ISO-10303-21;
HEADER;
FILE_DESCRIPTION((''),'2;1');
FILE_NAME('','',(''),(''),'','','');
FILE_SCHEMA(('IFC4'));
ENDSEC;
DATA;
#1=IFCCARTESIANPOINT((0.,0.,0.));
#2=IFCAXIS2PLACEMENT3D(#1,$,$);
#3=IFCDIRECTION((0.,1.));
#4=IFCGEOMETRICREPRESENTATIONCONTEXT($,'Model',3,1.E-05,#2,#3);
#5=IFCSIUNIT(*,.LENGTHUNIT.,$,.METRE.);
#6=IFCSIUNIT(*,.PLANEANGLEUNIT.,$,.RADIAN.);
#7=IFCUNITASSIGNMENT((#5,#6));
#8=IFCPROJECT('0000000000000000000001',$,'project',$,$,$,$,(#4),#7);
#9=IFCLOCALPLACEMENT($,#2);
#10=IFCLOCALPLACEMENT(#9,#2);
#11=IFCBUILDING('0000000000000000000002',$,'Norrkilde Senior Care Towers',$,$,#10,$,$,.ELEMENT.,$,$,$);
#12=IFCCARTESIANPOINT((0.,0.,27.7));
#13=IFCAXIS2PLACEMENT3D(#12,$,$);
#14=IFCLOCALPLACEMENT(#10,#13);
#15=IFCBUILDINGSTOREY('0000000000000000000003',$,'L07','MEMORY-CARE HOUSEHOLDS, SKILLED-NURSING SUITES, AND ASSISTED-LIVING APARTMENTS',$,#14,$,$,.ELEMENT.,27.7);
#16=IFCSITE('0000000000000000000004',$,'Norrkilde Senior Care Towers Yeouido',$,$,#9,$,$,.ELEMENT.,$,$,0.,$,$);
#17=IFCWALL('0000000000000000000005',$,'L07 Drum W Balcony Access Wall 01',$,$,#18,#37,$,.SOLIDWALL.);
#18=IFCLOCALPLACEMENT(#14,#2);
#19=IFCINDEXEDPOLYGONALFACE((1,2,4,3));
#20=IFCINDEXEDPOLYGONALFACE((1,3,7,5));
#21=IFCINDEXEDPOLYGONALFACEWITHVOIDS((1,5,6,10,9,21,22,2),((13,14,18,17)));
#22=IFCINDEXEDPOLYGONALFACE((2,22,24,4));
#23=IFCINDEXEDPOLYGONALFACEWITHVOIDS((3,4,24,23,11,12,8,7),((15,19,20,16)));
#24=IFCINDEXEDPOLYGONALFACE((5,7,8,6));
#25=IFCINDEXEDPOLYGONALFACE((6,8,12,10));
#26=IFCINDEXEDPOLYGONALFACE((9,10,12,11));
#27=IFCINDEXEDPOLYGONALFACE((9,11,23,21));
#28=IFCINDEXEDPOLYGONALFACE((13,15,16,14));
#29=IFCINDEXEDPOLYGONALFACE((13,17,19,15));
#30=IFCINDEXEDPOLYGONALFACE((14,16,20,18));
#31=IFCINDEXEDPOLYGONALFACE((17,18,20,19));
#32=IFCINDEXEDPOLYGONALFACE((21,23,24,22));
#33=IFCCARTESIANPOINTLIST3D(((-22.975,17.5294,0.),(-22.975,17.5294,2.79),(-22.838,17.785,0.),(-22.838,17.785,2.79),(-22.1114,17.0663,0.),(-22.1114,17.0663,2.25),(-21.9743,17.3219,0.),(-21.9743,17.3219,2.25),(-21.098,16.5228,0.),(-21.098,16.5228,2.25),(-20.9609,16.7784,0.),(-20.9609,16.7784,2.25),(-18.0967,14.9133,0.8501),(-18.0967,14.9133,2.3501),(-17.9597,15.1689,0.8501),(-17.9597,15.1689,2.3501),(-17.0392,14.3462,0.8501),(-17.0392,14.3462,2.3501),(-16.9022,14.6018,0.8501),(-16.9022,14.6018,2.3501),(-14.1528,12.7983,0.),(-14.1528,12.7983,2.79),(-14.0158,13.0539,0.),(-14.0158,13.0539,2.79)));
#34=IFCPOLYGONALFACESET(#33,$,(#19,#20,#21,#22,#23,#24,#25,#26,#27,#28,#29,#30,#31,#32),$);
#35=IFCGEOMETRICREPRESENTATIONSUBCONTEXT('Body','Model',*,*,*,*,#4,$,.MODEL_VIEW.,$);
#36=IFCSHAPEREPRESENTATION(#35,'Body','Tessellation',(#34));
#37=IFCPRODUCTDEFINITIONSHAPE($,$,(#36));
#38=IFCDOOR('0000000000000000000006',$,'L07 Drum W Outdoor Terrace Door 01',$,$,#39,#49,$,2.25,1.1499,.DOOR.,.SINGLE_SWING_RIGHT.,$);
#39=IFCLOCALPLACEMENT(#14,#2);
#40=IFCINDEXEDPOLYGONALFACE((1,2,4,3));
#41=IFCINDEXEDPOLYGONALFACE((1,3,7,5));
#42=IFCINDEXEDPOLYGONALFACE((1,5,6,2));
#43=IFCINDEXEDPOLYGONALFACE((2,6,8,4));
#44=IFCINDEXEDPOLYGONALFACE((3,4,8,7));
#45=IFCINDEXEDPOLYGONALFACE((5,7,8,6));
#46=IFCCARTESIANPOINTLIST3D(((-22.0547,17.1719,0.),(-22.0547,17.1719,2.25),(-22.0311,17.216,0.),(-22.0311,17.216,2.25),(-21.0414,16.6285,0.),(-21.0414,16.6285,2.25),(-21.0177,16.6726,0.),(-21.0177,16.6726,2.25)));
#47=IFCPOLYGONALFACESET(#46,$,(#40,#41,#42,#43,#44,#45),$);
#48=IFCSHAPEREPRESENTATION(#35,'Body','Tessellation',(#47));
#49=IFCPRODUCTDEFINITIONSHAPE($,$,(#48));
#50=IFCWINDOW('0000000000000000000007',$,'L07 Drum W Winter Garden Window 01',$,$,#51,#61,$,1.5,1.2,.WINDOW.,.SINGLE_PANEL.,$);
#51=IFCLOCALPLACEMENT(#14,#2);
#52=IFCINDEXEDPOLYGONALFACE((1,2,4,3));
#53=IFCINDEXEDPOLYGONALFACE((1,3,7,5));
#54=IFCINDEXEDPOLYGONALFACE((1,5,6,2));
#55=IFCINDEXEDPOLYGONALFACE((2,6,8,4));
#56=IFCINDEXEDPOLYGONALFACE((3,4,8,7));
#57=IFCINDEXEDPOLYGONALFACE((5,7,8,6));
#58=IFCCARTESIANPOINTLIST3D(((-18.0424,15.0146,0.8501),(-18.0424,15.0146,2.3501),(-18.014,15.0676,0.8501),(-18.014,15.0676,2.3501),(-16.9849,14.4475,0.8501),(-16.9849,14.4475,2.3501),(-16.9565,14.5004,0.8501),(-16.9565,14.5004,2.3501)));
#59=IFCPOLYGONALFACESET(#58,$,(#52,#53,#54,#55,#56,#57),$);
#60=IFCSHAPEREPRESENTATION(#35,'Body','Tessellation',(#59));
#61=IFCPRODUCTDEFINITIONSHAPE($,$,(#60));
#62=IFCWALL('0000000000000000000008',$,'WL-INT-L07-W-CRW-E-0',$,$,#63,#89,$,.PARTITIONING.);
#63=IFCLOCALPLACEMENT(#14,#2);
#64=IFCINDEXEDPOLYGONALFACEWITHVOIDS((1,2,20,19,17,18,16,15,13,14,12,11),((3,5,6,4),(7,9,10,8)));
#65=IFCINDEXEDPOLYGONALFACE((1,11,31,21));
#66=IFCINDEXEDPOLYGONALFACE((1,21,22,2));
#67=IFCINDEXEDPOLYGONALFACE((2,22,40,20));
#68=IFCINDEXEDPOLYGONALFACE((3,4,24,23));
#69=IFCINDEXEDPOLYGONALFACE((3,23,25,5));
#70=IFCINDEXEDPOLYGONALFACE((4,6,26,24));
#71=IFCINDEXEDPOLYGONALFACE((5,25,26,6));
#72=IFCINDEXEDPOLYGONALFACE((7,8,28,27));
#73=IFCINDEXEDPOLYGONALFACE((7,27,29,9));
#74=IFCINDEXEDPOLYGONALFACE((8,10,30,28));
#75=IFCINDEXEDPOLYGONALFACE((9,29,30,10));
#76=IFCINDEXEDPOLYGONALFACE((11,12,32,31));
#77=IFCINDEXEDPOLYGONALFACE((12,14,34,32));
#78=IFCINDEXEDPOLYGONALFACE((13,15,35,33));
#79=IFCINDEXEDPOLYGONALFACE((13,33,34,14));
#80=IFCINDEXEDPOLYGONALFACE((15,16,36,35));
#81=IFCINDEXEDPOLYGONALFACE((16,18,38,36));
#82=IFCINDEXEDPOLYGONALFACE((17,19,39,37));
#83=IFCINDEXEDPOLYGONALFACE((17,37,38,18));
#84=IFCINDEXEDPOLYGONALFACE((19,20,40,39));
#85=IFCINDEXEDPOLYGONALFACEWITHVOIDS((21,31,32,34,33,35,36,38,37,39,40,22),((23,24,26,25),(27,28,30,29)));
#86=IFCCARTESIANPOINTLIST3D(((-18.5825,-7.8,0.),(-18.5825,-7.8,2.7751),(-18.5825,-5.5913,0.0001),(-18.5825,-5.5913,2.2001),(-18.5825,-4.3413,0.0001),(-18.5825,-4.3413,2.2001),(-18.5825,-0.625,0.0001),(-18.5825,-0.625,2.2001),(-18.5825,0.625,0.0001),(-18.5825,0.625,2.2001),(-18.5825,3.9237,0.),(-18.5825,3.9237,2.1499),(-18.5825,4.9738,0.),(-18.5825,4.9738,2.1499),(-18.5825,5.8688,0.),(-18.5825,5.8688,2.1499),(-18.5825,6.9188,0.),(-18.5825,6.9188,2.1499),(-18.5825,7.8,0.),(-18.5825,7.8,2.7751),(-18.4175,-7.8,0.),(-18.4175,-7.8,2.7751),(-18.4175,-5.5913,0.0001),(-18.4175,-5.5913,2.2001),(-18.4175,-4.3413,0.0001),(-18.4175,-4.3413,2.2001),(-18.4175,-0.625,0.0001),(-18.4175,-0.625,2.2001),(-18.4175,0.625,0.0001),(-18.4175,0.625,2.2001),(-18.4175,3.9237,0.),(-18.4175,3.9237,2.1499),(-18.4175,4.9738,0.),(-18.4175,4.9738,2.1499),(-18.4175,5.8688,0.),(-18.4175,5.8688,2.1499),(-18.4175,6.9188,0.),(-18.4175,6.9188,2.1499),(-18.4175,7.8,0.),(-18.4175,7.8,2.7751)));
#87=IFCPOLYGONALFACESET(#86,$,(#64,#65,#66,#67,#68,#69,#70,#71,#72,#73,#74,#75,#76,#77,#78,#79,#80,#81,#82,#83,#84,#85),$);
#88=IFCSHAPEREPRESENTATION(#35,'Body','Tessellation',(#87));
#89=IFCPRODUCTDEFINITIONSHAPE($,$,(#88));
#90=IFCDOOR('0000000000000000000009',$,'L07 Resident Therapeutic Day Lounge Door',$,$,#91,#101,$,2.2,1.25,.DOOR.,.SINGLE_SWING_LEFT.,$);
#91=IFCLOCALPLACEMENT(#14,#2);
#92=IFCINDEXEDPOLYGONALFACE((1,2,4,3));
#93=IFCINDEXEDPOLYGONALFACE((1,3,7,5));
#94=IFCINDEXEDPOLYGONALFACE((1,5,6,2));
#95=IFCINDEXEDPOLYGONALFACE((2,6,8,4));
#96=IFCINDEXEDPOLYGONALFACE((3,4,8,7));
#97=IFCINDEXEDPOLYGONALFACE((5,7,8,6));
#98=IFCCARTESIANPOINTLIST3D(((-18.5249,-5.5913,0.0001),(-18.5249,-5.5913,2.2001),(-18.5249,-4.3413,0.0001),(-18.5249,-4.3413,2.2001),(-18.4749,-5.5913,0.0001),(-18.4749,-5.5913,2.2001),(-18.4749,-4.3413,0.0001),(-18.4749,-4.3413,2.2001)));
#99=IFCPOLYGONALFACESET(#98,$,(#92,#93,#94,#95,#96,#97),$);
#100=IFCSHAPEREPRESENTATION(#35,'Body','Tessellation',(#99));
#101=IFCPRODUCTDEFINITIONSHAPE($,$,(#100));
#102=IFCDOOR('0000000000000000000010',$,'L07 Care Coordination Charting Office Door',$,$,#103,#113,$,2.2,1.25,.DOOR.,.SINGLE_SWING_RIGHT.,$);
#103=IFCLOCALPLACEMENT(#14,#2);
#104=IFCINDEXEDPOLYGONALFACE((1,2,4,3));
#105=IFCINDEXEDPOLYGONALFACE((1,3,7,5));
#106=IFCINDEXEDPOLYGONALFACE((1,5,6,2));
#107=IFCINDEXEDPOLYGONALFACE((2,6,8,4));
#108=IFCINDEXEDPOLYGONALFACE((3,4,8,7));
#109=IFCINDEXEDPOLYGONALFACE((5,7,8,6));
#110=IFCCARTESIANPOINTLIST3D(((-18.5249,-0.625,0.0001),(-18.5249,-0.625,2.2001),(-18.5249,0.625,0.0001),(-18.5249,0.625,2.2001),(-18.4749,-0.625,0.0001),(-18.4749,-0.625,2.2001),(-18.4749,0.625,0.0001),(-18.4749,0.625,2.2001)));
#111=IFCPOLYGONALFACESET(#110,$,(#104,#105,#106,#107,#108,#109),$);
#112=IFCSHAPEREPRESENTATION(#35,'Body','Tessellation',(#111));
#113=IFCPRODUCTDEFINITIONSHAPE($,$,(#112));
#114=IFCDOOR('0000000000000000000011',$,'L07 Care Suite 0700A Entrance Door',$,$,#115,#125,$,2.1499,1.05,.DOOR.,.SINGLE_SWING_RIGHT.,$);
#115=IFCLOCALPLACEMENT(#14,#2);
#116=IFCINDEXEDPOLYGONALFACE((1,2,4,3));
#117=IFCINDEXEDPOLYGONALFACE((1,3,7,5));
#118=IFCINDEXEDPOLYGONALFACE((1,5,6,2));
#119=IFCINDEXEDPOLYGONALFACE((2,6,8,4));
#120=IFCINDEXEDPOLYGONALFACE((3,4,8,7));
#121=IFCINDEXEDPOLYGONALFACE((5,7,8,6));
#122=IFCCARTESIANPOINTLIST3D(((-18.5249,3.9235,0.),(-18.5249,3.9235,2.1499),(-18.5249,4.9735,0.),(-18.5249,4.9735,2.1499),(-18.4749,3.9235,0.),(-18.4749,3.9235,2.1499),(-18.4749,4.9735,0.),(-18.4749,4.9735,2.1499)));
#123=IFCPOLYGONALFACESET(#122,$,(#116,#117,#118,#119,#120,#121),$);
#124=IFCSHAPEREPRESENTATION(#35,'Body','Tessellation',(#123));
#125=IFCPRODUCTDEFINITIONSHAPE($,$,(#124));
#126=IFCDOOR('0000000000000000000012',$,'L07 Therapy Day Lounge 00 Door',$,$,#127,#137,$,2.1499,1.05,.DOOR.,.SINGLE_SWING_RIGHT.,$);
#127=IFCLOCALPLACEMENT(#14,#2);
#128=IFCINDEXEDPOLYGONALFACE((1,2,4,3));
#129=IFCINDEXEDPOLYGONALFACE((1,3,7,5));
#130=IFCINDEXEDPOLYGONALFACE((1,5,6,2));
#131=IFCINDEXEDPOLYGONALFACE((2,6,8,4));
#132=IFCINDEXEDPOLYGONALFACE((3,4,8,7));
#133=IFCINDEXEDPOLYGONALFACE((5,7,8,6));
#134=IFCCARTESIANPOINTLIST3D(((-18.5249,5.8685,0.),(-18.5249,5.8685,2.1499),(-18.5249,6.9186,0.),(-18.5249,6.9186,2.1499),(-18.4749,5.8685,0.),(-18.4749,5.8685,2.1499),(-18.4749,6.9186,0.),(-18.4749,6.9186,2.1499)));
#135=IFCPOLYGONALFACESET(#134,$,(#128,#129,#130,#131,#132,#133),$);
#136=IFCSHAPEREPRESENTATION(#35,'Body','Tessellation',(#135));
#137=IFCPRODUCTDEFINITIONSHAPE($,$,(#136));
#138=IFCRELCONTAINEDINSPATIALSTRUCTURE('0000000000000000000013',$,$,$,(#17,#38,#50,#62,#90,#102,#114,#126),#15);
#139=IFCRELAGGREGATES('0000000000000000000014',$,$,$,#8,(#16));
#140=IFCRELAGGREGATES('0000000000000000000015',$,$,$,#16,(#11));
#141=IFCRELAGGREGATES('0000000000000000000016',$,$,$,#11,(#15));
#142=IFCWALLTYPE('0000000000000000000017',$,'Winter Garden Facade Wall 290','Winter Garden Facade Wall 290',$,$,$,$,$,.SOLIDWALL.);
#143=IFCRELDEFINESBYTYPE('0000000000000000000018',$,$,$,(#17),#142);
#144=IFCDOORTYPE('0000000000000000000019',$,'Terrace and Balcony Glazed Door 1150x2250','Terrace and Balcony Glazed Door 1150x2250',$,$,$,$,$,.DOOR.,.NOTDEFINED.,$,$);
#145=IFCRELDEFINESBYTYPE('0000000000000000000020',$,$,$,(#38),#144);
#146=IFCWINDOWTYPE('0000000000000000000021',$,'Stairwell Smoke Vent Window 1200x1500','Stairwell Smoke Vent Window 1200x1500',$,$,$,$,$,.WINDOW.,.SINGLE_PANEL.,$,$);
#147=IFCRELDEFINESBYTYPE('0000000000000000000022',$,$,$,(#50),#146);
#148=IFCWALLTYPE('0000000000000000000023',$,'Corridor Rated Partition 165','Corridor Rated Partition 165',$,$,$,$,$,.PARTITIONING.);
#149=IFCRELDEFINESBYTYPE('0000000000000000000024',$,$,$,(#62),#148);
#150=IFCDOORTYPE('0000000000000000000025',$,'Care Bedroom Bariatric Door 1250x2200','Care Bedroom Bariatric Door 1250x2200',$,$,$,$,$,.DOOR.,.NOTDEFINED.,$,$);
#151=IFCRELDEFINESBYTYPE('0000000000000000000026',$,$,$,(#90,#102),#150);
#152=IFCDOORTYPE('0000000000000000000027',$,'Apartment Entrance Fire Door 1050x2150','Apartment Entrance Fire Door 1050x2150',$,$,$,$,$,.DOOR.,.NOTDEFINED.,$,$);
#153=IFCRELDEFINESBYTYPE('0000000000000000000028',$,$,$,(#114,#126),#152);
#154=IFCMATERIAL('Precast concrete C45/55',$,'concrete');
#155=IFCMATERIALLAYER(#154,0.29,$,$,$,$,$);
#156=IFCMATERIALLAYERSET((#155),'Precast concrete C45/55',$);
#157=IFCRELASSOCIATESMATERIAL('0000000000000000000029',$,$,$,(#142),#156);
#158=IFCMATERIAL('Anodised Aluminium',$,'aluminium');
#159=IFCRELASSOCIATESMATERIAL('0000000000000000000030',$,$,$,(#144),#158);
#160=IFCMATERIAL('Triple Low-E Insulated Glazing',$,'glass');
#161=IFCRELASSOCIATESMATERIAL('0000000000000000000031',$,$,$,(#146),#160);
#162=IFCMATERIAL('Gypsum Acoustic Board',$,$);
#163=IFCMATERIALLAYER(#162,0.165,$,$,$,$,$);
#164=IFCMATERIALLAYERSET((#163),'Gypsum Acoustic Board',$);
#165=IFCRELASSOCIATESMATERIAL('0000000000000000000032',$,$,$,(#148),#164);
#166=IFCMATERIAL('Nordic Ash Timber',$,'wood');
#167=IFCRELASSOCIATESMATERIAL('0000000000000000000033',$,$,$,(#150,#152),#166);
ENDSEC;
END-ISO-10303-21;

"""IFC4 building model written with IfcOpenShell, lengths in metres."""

from ifc_helpers import new_model, si_unit, direction, frame, frame_2d, origin, place, context, subcontext, project, spatial, rectangle, extrude, source, transform, mapped, material, layer, layer_set, type_object, type_shapes, element, fill, save


model = new_model("IFC4")

# Units and contexts
model_context = context("Model", 3, precision=1e-05, world=origin(), true_north=direction((0.0, 1.0)))
body_context = subcontext(model_context, "Body", "Model", "MODEL_VIEW")
ifc_project = project(units=[si_unit("LENGTHUNIT", "METRE"), si_unit("PLANEANGLEUNIT", "RADIAN")], contexts=[model_context])

# Site, building, storey
site_placement = place(None, origin())
site = spatial("IfcSite", under=ifc_project, at=site_placement, Name="Norrkilde Senior Care Towers Yeouido", CompositionType="ELEMENT", RefElevation=0.0)
building_placement = place(site_placement, origin())
building = spatial("IfcBuilding", under=site, at=building_placement, Name="Norrkilde Senior Care Towers", CompositionType="ELEMENT")
storey_placement = place(building_placement, frame((0.0, 0.0, 27.7)))
storey = spatial("IfcBuildingStorey", under=building, at=storey_placement, Name="L07", Description="MEMORY-CARE HOUSEHOLDS, SKILLED-NURSING SUITES, AND ASSISTED-LIVING APARTMENTS", CompositionType="ELEMENT", Elevation=27.7)

# Shared definitions
ifc_material_1 = material(Name="Triple Low-E Insulated Glazing", Category="glass")
ifc_material_2 = material(Name="Anodised Aluminium", Category="aluminium")

# Wall, openings, door, window
ifc_material_3 = material(Name="Precast concrete C45/55", Category="concrete")
ifc_layer_1 = layer(ifc_material_3, 0.29)
ifc_layer_set_1 = layer_set([ifc_layer_1], Name="Precast concrete C45/55")
wall_type_1 = type_object("IfcWallType", Name="Winter Garden Facade Wall 290", Description="Winter Garden Facade Wall 290", PredefinedType="SOLIDWALL", material=ifc_layer_set_1)
shared_shape_1 = source(origin(), body_context, "Body", "SweptSolid", [
    extrude(rectangle(XDim=10.0107, YDim=0.29, at=frame_2d((5.0054, 0.0))), origin(), (0.0, 0.0, 1.0), 2.79),
])
type_shapes(wall_type_1, [shared_shape_1])
wall_1_placement = place(storey_placement, frame((-22.9065, 17.6572, 0.0), z_axis=(0.0, 0.0, 1.0), x_axis=(0.881273, -0.472608, 0.0)))
wall_1 = element("IfcWall", 1, at=wall_1_placement, inside=storey, type_object=wall_type_1, Name="L07 Drum W Balcony Access Wall 01", PredefinedType="SOLIDWALL", context=body_context, shape_type="MappedRepresentation", body=[
    mapped(shared_shape_1, transform((0.0, 0.0, 0.0), x_axis=(1.0, 0.0, 0.0), y_axis=(0.0, 1.0, 0.0), z_axis=(0.0, 0.0, 1.0), scale=1.0)),
])
opening_1_placement = place(wall_1_placement, frame((0.98, 0.0, 0.0)))
opening_1 = element("IfcOpeningElement", 2, at=opening_1_placement, cuts=wall_1, PredefinedType="OPENING", context=body_context, shape_type="SweptSolid", body=[
    extrude(rectangle(XDim=1.1499, YDim=2.25, at=frame_2d((0.575, 1.125))), frame((0.0, 0.155, 0.0), z_axis=(0.0, -1.0, 0.0), x_axis=(1.0, 0.0, 0.0)), (0.0, 0.0, 1.0), 0.3101),
])
opening_2_placement = place(wall_1_placement, frame((5.5354, 0.0, 0.8501)))
opening_2 = element("IfcOpeningElement", 3, at=opening_2_placement, cuts=wall_1, PredefinedType="OPENING", context=body_context, shape_type="SweptSolid", body=[
    extrude(rectangle(XDim=1.2, YDim=1.5, at=frame_2d((0.6001, 0.75))), frame((0.0, 0.155, 0.0), z_axis=(0.0, -1.0, 0.0), x_axis=(1.0, 0.0, 0.0)), (0.0, 0.0, 1.0), 0.3101),
])
door_type_1 = type_object("IfcDoorType", Name="Terrace and Balcony Glazed Door 1150x2250", Description="Terrace and Balcony Glazed Door 1150x2250", OperationType="NOTDEFINED", PredefinedType="DOOR", material=ifc_material_2)
shared_shape_2 = source(origin(), body_context, "Body", "SweptSolid", [
    extrude(rectangle(XDim=1.1499, YDim=2.25, at=frame_2d((0.575, 1.125))), frame((0.0, 0.0249, 0.0), z_axis=(0.0, -1.0, 0.0), x_axis=(1.0, 0.0, 0.0)), (0.0, 0.0, 1.0), 0.05),
])
type_shapes(door_type_1, [shared_shape_2])
door_1_placement = place(opening_1_placement, origin())
door_1 = element("IfcDoor", 4, at=door_1_placement, inside=storey, type_object=door_type_1, Name="L07 Drum W Outdoor Terrace Door 01", OperationType="SINGLE_SWING_RIGHT", OverallHeight=2.25, OverallWidth=1.1499, PredefinedType="DOOR", context=body_context, shape_type="MappedRepresentation", body=[
    mapped(shared_shape_2, transform((0.0, 0.0, 0.0), x_axis=(1.0, 0.0, 0.0), y_axis=(0.0, 1.0, 0.0), z_axis=(0.0, 0.0, 1.0), scale=1.0)),
])
fill(opening_1, door_1)
window_type = type_object("IfcWindowType", Name="Stairwell Smoke Vent Window 1200x1500", Description="Stairwell Smoke Vent Window 1200x1500", PartitioningType="SINGLE_PANEL", PredefinedType="WINDOW", material=ifc_material_1)
shared_shape_3 = source(origin(), body_context, "Body", "SweptSolid", [
    extrude(rectangle(XDim=1.2, YDim=1.5, at=frame_2d((0.6001, 0.75))), frame((0.0, 0.03, 0.0), z_axis=(0.0, -1.0, 0.0), x_axis=(1.0, 0.0, 0.0)), (0.0, 0.0, 1.0), 0.0601),
])
type_shapes(window_type, [shared_shape_3])
window_placement = place(opening_2_placement, origin())
window = element("IfcWindow", 5, at=window_placement, inside=storey, type_object=window_type, Name="L07 Drum W Winter Garden Window 01", OverallHeight=1.5, OverallWidth=1.2, PartitioningType="SINGLE_PANEL", PredefinedType="WINDOW", context=body_context, shape_type="MappedRepresentation", body=[
    mapped(shared_shape_3, transform((0.0, 0.0, 0.0), x_axis=(1.0, 0.0, 0.0), y_axis=(0.0, 1.0, 0.0), z_axis=(0.0, 0.0, 1.0), scale=1.0)),
])
fill(opening_2, window)

# Wall, openings, doors
ifc_material_4 = material(Name="Gypsum Acoustic Board")
ifc_layer_2 = layer(ifc_material_4, 0.165)
ifc_layer_set_2 = layer_set([ifc_layer_2], Name="Gypsum Acoustic Board")
wall_type_2 = type_object("IfcWallType", Name="Corridor Rated Partition 165", Description="Corridor Rated Partition 165", PredefinedType="PARTITIONING", material=ifc_layer_set_2)
shared_shape_4 = source(origin(), body_context, "Body", "SweptSolid", [
    extrude(rectangle(XDim=15.6001, YDim=0.165, at=frame_2d((7.8, 0.0))), origin(), (0.0, 0.0, 1.0), 2.7751),
])
type_shapes(wall_type_2, [shared_shape_4])
wall_2_placement = place(storey_placement, frame((-18.5, 7.8, 0.0), z_axis=(0.0, 0.0, 1.0), x_axis=(0.0, -1.0, 0.0)))
wall_2 = element("IfcWall", 6, at=wall_2_placement, inside=storey, type_object=wall_type_2, Name="WL-INT-L07-W-CRW-E-0", PredefinedType="PARTITIONING", context=body_context, shape_type="MappedRepresentation", body=[
    mapped(shared_shape_4, transform((0.0, 0.0, 0.0), x_axis=(1.0, 0.0, 0.0), y_axis=(0.0, 1.0, 0.0), z_axis=(0.0, 0.0, 1.0), scale=1.0)),
])
opening_3_placement = place(wall_2_placement, frame((12.1414, 0.0, 0.0)))
opening_3 = element("IfcOpeningElement", 7, at=opening_3_placement, cuts=wall_2, PredefinedType="OPENING", context=body_context, shape_type="SweptSolid", body=[
    extrude(rectangle(XDim=1.25, YDim=2.2, at=frame_2d((0.625, 1.1001))), frame((0.0, 0.0925, 0.0), z_axis=(0.0, -1.0, 0.0), x_axis=(1.0, 0.0, 0.0)), (0.0, 0.0, 1.0), 0.1851),
])
opening_4_placement = place(wall_2_placement, frame((7.175, 0.0, 0.0)))
opening_4 = element("IfcOpeningElement", 8, at=opening_4_placement, cuts=wall_2, PredefinedType="OPENING", context=body_context, shape_type="SweptSolid", body=[
    extrude(rectangle(XDim=1.25, YDim=2.2, at=frame_2d((0.625, 1.1001))), frame((0.0, 0.0925, 0.0), z_axis=(0.0, -1.0, 0.0), x_axis=(1.0, 0.0, 0.0)), (0.0, 0.0, 1.0), 0.1851),
])
opening_5_placement = place(wall_2_placement, frame((2.8264, 0.0, 0.0)))
opening_5 = element("IfcOpeningElement", 9, at=opening_5_placement, cuts=wall_2, PredefinedType="OPENING", context=body_context, shape_type="SweptSolid", body=[
    extrude(rectangle(XDim=1.05, YDim=2.1499, at=frame_2d((0.5249, 1.075))), frame((0.0, 0.0925, 0.0), z_axis=(0.0, -1.0, 0.0), x_axis=(1.0, 0.0, 0.0)), (0.0, 0.0, 1.0), 0.1851),
])
opening_6_placement = place(wall_2_placement, frame((0.8813, 0.0, 0.0)))
opening_6 = element("IfcOpeningElement", 10, at=opening_6_placement, cuts=wall_2, PredefinedType="OPENING", context=body_context, shape_type="SweptSolid", body=[
    extrude(rectangle(XDim=1.05, YDim=2.1499, at=frame_2d((0.5249, 1.075))), frame((0.0, 0.0925, 0.0), z_axis=(0.0, -1.0, 0.0), x_axis=(1.0, 0.0, 0.0)), (0.0, 0.0, 1.0), 0.1851),
])
ifc_material_5 = material(Name="Nordic Ash Timber", Category="wood")
door_type_2 = type_object("IfcDoorType", Name="Care Bedroom Bariatric Door 1250x2200", Description="Care Bedroom Bariatric Door 1250x2200", OperationType="NOTDEFINED", PredefinedType="DOOR", material=ifc_material_5)
shared_shape_5 = source(origin(), body_context, "Body", "SweptSolid", [
    extrude(rectangle(XDim=1.25, YDim=2.2, at=frame_2d((0.625, 1.1001))), frame((0.0, 0.0249, 0.0), z_axis=(0.0, -1.0, 0.0), x_axis=(1.0, 0.0, 0.0)), (0.0, 0.0, 1.0), 0.05),
])
type_shapes(door_type_2, [shared_shape_5])
door_2_placement = place(opening_3_placement, frame((1.25, 0.0, 0.0), z_axis=(0.0, 0.0, 1.0), x_axis=(-1.0, 0.0, 0.0)))
door_2 = element("IfcDoor", 11, at=door_2_placement, inside=storey, type_object=door_type_2, Name="L07 Resident Therapeutic Day Lounge Door", OperationType="SINGLE_SWING_LEFT", OverallHeight=2.2, OverallWidth=1.25, PredefinedType="DOOR", context=body_context, shape_type="MappedRepresentation", body=[
    mapped(shared_shape_5, transform((0.0, 0.0, 0.0), x_axis=(1.0, 0.0, 0.0), y_axis=(0.0, 1.0, 0.0), z_axis=(0.0, 0.0, 1.0), scale=1.0)),
])
fill(opening_3, door_2)
door_3_placement = place(opening_4_placement, frame((1.25, 0.0, 0.0), z_axis=(0.0, 0.0, 1.0), x_axis=(-1.0, 0.0, 0.0)))
door_3 = element("IfcDoor", 12, at=door_3_placement, inside=storey, type_object=door_type_2, Name="L07 Care Coordination Charting Office Door", OperationType="SINGLE_SWING_RIGHT", OverallHeight=2.2, OverallWidth=1.25, PredefinedType="DOOR", context=body_context, shape_type="MappedRepresentation", body=[
    mapped(shared_shape_5, transform((0.0, 0.0, 0.0), x_axis=(1.0, 0.0, 0.0), y_axis=(0.0, 1.0, 0.0), z_axis=(0.0, 0.0, 1.0), scale=1.0)),
])
fill(opening_4, door_3)
door_type_3 = type_object("IfcDoorType", Name="Apartment Entrance Fire Door 1050x2150", Description="Apartment Entrance Fire Door 1050x2150", OperationType="NOTDEFINED", PredefinedType="DOOR", material=ifc_material_5)
shared_shape_6 = source(origin(), body_context, "Body", "SweptSolid", [
    extrude(rectangle(XDim=1.05, YDim=2.1499, at=frame_2d((0.5249, 1.075))), frame((0.0, 0.0249, 0.0), z_axis=(0.0, -1.0, 0.0), x_axis=(1.0, 0.0, 0.0)), (0.0, 0.0, 1.0), 0.05),
])
type_shapes(door_type_3, [shared_shape_6])
door_4_placement = place(opening_5_placement, frame((1.05, 0.0, 0.0), z_axis=(0.0, 0.0, 1.0), x_axis=(-1.0, 0.0, 0.0)))
door_4 = element("IfcDoor", 13, at=door_4_placement, inside=storey, type_object=door_type_3, Name="L07 Care Suite 0700A Entrance Door", OperationType="SINGLE_SWING_RIGHT", OverallHeight=2.1499, OverallWidth=1.05, PredefinedType="DOOR", context=body_context, shape_type="MappedRepresentation", body=[
    mapped(shared_shape_6, transform((0.0, 0.0, 0.0), x_axis=(1.0, 0.0, 0.0), y_axis=(0.0, 1.0, 0.0), z_axis=(0.0, 0.0, 1.0), scale=1.0)),
])
fill(opening_5, door_4)
door_5_placement = place(opening_6_placement, frame((1.05, 0.0, 0.0), z_axis=(0.0, 0.0, 1.0), x_axis=(-1.0, 0.0, 0.0)))
door_5 = element("IfcDoor", 14, at=door_5_placement, inside=storey, type_object=door_type_3, Name="L07 Therapy Day Lounge 00 Door", OperationType="SINGLE_SWING_RIGHT", OverallHeight=2.1499, OverallWidth=1.05, PredefinedType="DOOR", context=body_context, shape_type="MappedRepresentation", body=[
    mapped(shared_shape_6, transform((0.0, 0.0, 0.0), x_axis=(1.0, 0.0, 0.0), y_axis=(0.0, 1.0, 0.0), z_axis=(0.0, 0.0, 1.0), scale=1.0)),
])
fill(opening_6, door_5)

save(model, "model.ifc")
